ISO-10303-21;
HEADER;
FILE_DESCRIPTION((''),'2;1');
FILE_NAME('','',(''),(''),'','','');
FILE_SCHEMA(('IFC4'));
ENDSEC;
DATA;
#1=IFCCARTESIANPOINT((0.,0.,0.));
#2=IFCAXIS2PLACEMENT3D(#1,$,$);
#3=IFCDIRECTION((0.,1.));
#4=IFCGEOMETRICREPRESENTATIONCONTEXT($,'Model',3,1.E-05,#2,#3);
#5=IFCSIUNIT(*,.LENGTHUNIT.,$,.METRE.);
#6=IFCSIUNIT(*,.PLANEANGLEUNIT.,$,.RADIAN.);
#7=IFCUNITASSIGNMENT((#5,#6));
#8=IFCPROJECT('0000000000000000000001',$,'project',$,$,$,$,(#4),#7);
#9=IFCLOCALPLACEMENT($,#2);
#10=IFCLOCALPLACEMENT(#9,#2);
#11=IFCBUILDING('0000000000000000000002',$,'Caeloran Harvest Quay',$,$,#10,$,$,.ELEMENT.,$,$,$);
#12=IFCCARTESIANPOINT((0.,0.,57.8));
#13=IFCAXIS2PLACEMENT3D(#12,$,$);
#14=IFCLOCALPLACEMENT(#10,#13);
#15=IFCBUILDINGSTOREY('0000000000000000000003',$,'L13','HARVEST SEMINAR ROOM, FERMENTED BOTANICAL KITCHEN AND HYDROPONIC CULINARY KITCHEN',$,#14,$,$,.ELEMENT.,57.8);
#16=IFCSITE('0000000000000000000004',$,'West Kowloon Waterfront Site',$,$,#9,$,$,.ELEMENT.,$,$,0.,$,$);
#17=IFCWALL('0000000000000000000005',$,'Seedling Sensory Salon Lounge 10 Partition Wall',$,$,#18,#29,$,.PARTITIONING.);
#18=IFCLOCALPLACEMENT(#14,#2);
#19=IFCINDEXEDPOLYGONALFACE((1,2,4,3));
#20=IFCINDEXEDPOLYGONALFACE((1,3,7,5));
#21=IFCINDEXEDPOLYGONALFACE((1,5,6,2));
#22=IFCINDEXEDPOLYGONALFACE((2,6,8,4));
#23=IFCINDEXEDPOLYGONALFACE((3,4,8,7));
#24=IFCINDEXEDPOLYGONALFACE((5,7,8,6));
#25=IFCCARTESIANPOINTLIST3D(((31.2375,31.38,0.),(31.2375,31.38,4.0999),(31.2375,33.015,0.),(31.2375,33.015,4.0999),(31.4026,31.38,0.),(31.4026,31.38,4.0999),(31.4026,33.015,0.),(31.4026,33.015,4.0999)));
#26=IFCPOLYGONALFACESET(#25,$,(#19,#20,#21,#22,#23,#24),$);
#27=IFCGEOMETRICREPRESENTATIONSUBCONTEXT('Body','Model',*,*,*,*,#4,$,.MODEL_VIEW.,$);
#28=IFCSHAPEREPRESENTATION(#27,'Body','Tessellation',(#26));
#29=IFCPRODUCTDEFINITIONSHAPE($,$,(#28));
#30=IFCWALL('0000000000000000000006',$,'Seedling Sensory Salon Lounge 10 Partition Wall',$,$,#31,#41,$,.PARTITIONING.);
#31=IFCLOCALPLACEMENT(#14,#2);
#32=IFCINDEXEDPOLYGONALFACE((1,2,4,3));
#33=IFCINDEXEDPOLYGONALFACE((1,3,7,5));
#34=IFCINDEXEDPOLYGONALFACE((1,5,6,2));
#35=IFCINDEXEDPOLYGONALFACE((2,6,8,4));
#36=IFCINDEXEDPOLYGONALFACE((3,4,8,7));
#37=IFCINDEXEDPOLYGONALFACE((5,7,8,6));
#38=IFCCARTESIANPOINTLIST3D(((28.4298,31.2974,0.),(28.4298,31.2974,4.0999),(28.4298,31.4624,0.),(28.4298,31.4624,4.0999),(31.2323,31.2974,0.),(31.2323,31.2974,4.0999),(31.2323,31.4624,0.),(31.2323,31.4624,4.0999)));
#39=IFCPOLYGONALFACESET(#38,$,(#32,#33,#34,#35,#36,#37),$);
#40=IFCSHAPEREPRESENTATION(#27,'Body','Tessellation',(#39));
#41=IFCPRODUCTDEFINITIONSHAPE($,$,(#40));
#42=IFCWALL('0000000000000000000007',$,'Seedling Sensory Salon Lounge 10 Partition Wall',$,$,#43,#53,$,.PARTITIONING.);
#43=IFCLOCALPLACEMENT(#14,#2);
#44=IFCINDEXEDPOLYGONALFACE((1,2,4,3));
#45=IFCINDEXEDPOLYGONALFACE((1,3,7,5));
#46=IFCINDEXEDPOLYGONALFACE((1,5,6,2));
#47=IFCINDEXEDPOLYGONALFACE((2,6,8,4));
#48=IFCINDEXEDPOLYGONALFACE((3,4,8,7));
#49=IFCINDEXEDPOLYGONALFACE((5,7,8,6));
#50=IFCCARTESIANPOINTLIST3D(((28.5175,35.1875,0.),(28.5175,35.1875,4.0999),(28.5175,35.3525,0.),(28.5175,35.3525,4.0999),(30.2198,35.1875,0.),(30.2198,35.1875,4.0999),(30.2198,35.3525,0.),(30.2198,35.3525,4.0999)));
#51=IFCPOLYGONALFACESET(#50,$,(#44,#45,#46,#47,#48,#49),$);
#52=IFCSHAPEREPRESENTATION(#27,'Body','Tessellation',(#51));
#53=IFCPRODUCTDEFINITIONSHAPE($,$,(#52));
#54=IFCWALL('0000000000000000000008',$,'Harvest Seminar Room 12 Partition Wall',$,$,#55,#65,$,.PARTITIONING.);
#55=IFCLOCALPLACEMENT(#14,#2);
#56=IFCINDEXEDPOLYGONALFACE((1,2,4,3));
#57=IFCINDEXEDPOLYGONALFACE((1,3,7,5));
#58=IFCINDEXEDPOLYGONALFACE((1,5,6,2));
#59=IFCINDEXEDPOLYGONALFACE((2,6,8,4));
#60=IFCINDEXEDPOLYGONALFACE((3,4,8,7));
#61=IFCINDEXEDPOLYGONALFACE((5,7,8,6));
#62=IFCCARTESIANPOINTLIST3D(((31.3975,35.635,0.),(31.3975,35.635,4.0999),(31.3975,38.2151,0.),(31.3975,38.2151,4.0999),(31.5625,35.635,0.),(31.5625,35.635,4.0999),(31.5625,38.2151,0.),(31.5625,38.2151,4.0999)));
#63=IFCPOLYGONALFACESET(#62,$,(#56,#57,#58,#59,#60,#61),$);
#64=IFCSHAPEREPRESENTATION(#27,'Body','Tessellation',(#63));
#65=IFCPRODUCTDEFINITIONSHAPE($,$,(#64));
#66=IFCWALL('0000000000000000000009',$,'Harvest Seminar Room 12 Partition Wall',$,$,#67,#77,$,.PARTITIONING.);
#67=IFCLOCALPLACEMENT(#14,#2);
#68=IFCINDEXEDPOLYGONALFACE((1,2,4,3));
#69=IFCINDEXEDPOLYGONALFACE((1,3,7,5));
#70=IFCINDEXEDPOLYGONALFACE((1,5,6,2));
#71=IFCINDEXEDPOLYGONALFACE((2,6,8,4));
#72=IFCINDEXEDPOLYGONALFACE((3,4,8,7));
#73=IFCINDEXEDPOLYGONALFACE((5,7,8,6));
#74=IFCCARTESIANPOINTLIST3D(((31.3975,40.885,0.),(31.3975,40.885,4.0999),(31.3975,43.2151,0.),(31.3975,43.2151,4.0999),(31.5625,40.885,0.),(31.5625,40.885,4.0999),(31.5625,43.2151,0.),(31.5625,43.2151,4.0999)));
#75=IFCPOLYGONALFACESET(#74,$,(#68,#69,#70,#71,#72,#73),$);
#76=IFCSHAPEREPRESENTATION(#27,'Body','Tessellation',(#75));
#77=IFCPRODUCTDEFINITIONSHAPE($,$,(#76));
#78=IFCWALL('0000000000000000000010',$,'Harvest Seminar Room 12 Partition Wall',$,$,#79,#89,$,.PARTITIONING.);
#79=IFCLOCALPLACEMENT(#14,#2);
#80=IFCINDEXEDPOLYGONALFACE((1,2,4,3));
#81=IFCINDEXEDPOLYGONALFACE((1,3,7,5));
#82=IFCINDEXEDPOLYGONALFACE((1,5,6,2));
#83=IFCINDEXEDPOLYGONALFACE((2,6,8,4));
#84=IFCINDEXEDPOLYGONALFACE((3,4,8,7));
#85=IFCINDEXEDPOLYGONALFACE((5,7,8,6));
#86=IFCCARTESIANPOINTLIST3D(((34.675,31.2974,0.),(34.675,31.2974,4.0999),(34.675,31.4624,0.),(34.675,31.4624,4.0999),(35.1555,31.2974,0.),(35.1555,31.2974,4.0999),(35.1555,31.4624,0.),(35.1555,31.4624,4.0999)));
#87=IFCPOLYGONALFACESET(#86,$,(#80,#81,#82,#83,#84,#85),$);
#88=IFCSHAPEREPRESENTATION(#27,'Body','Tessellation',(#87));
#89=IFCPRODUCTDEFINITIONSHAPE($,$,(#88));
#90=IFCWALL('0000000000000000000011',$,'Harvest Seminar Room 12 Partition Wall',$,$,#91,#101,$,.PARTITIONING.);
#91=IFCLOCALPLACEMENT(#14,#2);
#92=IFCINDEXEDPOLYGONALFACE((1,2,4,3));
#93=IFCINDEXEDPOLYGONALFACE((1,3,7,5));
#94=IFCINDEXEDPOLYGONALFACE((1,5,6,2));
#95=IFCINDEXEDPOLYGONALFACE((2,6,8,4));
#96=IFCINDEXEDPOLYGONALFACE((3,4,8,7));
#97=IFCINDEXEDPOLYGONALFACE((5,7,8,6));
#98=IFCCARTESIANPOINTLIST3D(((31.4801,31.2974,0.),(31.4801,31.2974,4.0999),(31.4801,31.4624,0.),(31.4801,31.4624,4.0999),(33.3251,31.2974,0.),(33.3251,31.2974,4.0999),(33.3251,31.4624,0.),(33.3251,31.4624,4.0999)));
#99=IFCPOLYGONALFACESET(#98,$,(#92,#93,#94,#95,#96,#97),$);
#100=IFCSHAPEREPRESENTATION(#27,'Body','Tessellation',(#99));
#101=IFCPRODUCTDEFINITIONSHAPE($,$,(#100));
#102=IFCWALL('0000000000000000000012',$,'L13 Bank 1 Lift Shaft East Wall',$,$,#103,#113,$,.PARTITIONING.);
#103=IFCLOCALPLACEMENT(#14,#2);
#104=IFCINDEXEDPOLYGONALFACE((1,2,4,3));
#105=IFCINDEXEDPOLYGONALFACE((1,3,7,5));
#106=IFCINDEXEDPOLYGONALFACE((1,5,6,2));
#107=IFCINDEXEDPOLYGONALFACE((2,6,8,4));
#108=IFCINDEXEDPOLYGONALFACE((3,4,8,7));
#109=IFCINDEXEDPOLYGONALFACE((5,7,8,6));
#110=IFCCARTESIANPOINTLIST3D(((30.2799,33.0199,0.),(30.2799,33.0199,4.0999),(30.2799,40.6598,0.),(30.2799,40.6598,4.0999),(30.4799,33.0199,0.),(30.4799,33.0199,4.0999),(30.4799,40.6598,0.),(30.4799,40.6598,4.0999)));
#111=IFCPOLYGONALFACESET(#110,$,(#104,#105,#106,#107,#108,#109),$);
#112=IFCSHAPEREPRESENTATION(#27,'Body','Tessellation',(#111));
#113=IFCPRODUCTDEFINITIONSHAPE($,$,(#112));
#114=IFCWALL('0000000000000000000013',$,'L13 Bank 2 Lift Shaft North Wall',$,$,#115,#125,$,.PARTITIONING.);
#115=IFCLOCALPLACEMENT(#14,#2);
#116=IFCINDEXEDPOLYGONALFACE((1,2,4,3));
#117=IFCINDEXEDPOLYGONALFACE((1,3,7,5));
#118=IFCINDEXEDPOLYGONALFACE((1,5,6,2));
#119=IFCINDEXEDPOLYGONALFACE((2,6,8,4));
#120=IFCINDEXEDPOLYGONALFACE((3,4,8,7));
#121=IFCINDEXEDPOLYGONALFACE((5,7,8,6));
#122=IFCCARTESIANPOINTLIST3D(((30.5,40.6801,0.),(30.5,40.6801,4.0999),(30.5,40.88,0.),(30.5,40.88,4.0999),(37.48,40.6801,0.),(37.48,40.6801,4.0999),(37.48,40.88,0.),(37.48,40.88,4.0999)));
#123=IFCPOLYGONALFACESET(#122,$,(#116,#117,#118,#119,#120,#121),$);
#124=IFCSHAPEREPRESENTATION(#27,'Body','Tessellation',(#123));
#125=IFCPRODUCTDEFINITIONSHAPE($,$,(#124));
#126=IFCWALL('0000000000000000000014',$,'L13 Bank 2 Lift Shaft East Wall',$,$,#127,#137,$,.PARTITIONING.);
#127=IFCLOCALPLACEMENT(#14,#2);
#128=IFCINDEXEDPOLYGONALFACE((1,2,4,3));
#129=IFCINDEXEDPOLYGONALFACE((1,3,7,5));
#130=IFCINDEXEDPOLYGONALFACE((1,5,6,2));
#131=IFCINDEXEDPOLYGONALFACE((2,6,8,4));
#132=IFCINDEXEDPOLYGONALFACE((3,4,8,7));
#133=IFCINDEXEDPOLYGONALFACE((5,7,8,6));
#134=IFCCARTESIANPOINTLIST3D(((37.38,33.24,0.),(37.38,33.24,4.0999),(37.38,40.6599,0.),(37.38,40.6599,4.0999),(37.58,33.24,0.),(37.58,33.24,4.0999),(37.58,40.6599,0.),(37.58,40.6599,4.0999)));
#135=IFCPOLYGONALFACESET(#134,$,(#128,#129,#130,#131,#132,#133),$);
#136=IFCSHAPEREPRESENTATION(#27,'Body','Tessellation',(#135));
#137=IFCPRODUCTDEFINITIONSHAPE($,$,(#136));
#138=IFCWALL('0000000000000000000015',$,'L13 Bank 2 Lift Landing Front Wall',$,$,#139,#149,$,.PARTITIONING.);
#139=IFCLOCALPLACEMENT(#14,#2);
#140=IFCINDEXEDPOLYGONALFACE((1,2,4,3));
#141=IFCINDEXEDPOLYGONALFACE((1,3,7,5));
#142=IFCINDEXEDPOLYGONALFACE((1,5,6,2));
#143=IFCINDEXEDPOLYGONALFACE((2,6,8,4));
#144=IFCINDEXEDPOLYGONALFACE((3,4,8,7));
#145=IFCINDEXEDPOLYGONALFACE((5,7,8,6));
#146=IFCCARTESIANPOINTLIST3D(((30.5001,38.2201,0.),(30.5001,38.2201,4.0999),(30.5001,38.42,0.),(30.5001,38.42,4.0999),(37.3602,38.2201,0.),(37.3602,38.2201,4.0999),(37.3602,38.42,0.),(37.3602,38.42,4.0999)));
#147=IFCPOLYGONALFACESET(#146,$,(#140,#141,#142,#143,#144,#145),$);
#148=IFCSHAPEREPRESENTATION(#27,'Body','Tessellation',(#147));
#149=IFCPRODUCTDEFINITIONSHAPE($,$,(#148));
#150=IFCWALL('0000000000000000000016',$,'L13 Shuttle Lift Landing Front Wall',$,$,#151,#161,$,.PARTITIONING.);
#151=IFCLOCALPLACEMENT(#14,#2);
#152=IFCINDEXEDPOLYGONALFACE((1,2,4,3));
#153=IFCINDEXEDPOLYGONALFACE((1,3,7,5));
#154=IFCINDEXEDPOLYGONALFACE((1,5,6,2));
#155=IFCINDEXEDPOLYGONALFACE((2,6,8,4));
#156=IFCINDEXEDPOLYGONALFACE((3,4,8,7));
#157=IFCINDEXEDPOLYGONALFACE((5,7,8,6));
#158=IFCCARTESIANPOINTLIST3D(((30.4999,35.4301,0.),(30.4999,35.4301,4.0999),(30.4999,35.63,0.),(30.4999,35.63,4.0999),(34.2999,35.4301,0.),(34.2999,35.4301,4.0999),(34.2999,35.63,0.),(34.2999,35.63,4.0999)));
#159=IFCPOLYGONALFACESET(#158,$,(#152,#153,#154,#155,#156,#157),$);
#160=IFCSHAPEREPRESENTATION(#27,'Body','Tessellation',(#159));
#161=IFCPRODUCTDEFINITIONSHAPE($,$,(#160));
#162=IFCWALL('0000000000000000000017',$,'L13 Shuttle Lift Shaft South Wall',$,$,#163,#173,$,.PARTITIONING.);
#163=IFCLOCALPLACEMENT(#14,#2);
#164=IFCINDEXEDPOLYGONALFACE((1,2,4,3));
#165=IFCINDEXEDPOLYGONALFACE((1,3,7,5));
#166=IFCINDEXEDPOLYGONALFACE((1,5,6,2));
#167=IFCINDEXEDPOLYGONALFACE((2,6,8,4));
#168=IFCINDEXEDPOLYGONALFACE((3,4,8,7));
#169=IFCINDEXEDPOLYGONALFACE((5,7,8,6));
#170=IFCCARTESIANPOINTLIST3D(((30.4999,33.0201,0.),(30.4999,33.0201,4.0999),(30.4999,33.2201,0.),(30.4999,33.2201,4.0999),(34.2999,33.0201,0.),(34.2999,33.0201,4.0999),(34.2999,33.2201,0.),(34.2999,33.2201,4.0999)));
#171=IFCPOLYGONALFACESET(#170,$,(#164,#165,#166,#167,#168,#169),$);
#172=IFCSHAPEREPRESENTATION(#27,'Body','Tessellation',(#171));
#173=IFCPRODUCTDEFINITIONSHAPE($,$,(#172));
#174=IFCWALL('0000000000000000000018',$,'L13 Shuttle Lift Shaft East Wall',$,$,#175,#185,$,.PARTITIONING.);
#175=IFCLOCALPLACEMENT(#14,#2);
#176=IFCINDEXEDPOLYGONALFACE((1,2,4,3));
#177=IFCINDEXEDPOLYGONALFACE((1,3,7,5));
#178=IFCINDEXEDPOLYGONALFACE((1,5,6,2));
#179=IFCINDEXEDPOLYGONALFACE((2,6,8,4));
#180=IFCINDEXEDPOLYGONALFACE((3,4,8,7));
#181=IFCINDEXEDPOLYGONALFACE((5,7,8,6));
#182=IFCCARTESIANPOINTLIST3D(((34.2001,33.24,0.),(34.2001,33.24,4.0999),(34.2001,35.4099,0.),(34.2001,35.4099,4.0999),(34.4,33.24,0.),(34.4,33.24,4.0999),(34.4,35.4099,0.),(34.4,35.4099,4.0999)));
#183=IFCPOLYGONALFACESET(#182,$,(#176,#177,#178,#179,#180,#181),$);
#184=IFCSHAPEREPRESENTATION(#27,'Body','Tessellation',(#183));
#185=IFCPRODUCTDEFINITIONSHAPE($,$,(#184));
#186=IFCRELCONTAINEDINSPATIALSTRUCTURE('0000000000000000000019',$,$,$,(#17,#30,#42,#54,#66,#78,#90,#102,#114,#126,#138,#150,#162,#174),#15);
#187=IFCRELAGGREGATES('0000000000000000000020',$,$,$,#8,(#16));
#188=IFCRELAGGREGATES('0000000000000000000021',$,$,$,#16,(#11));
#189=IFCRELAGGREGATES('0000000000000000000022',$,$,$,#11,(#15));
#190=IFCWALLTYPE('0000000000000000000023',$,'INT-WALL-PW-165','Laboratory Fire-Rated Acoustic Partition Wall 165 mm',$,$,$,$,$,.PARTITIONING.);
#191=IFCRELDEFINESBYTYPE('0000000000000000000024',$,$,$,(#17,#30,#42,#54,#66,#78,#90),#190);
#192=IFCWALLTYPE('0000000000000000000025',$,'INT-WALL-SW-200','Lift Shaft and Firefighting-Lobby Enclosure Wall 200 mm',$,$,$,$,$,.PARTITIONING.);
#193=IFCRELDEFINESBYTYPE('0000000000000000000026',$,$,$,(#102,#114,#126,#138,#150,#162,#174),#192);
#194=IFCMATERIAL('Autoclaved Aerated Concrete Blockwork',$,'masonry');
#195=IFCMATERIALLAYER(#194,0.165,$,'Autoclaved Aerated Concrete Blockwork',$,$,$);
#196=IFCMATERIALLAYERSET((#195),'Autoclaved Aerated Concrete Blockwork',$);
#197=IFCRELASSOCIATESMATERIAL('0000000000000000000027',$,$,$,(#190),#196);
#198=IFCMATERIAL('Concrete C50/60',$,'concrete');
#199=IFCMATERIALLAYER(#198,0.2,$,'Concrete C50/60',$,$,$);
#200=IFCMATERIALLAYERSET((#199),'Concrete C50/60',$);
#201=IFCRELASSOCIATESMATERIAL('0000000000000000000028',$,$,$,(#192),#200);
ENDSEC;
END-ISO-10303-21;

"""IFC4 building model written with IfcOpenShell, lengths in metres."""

from ifc_helpers import new_model, si_unit, direction, frame, frame_2d, origin, place, context, subcontext, project, spatial, rectangle, extrude, material, layer, layer_set, type_object, element, save


model = new_model("IFC4")

# Units and contexts
model_context = context("Model", 3, precision=1e-05, world=origin(), true_north=direction((0.0, 1.0)))
body_context = subcontext(model_context, "Body", "Model", "MODEL_VIEW")
ifc_project = project(units=[si_unit("LENGTHUNIT", "METRE"), si_unit("PLANEANGLEUNIT", "RADIAN")], contexts=[model_context])

# Site, building, storey
site_placement = place(None, origin())
site = spatial("IfcSite", under=ifc_project, at=site_placement, Name="West Kowloon Waterfront Site", CompositionType="ELEMENT", RefElevation=0.0)
building_placement = place(site_placement, origin())
building = spatial("IfcBuilding", under=site, at=building_placement, Name="Caeloran Harvest Quay", CompositionType="ELEMENT")
storey_placement = place(building_placement, frame((0.0, 0.0, 57.8)))
storey = spatial("IfcBuildingStorey", under=building, at=storey_placement, Name="L13", Description="HARVEST SEMINAR ROOM, FERMENTED BOTANICAL KITCHEN AND HYDROPONIC CULINARY KITCHEN", CompositionType="ELEMENT", Elevation=57.8)

# Walls
ifc_material_1 = material(Name="Autoclaved Aerated Concrete Blockwork", Category="masonry")
ifc_layer_1 = layer(ifc_material_1, 0.165, Name="Autoclaved Aerated Concrete Blockwork")
ifc_layer_set_1 = layer_set([ifc_layer_1], Name="Autoclaved Aerated Concrete Blockwork")
wall_type_1 = type_object("IfcWallType", Name="INT-WALL-PW-165", Description="Laboratory Fire-Rated Acoustic Partition Wall 165 mm", PredefinedType="PARTITIONING", material=ifc_layer_set_1)
wall_1_placement = place(storey_placement, frame((31.3201, 33.0149, 0.0), z_axis=(0.0, 0.0, 1.0), x_axis=(0.0, -1.0, 0.0)))
element("IfcWall", 1, at=wall_1_placement, inside=storey, type_object=wall_type_1, Name="Seedling Sensory Salon Lounge 10 Partition Wall", PredefinedType="PARTITIONING", context=body_context, shape_type="SweptSolid", body=[
    extrude(rectangle(XDim=1.635, YDim=0.165, at=frame_2d((0.8174, 0.0))), origin(), (0.0, 0.0, 1.0), 4.0999),
])
wall_2_placement = place(storey_placement, frame((31.2324, 31.3799, 0.0), z_axis=(0.0, 0.0, 1.0), x_axis=(-1.0, 0.0, 0.0)))
element("IfcWall", 2, at=wall_2_placement, inside=storey, type_object=wall_type_1, Name="Seedling Sensory Salon Lounge 10 Partition Wall", PredefinedType="PARTITIONING", context=body_context, shape_type="SweptSolid", body=[
    extrude(rectangle(XDim=2.8025, YDim=0.165, at=frame_2d((1.4014, 0.0))), origin(), (0.0, 0.0, 1.0), 4.0999),
])

# Wall
wall_3_placement = place(storey_placement, frame((28.5176, 35.27, 0.0), z_axis=(0.0, 0.0, 1.0), x_axis=(1.0, 0.0, 0.0)))
element("IfcWall", 3, at=wall_3_placement, inside=storey, type_object=wall_type_1, Name="Seedling Sensory Salon Lounge 10 Partition Wall", PredefinedType="PARTITIONING", context=body_context, shape_type="SweptSolid", body=[
    extrude(rectangle(XDim=1.7024, YDim=0.165, at=frame_2d((0.8511, 0.0))), origin(), (0.0, 0.0, 1.0), 4.0999),
])

# Walls
wall_4_placement = place(storey_placement, frame((31.48, 35.635, 0.0), z_axis=(0.0, 0.0, 1.0), x_axis=(0.0, 1.0, 0.0)))
element("IfcWall", 4, at=wall_4_placement, inside=storey, type_object=wall_type_1, Name="Harvest Seminar Room 12 Partition Wall", PredefinedType="PARTITIONING", context=body_context, shape_type="SweptSolid", body=[
    extrude(rectangle(XDim=2.5801, YDim=0.165, at=frame_2d((1.29, 0.0))), origin(), (0.0, 0.0, 1.0), 4.0999),
])
wall_5_placement = place(storey_placement, frame((31.48, 40.885, 0.0), z_axis=(0.0, 0.0, 1.0), x_axis=(0.0, 1.0, 0.0)))
element("IfcWall", 5, at=wall_5_placement, inside=storey, type_object=wall_type_1, Name="Harvest Seminar Room 12 Partition Wall", PredefinedType="PARTITIONING", context=body_context, shape_type="SweptSolid", body=[
    extrude(rectangle(XDim=2.3301, YDim=0.165, at=frame_2d((1.165, 0.0))), origin(), (0.0, 0.0, 1.0), 4.0999),
])
wall_6_placement = place(storey_placement, frame((35.1555, 31.3799, 0.0), z_axis=(0.0, 0.0, 1.0), x_axis=(-1.0, 0.0, 0.0)))
element("IfcWall", 6, at=wall_6_placement, inside=storey, type_object=wall_type_1, Name="Harvest Seminar Room 12 Partition Wall", PredefinedType="PARTITIONING", context=body_context, shape_type="SweptSolid", body=[
    extrude(rectangle(XDim=0.4805, YDim=0.165, at=frame_2d((0.2402, 0.0))), origin(), (0.0, 0.0, 1.0), 4.0999),
])
wall_7_placement = place(storey_placement, frame((33.325, 31.3799, 0.0), z_axis=(0.0, 0.0, 1.0), x_axis=(-1.0, 0.0, 0.0)))
element("IfcWall", 7, at=wall_7_placement, inside=storey, type_object=wall_type_1, Name="Harvest Seminar Room 12 Partition Wall", PredefinedType="PARTITIONING", context=body_context, shape_type="SweptSolid", body=[
    extrude(rectangle(XDim=1.845, YDim=0.165, at=frame_2d((0.9224, 0.0))), origin(), (0.0, 0.0, 1.0), 4.0999),
])
ifc_material_2 = material(Name="Concrete C50/60", Category="concrete")
ifc_layer_2 = layer(ifc_material_2, 0.2, Name="Concrete C50/60")
ifc_layer_set_2 = layer_set([ifc_layer_2], Name="Concrete C50/60")
wall_type_2 = type_object("IfcWallType", Name="INT-WALL-SW-200", Description="Lift Shaft and Firefighting-Lobby Enclosure Wall 200 mm", PredefinedType="PARTITIONING", material=ifc_layer_set_2)
wall_8_placement = place(storey_placement, frame((30.3799, 33.02, 0.0), z_axis=(0.0, 0.0, 1.0), x_axis=(0.0, 1.0, 0.0)))
element("IfcWall", 8, at=wall_8_placement, inside=storey, type_object=wall_type_2, Name="L13 Bank 1 Lift Shaft East Wall", PredefinedType="PARTITIONING", context=body_context, shape_type="SweptSolid", body=[
    extrude(rectangle(XDim=7.6399, YDim=0.2, at=frame_2d((3.8198, 0.0))), origin(), (0.0, 0.0, 1.0), 4.0999),
])
wall_9_placement = place(storey_placement, frame((30.5, 40.78, 0.0), z_axis=(0.0, 0.0, 1.0), x_axis=(1.0, 0.0, 0.0)))
element("IfcWall", 9, at=wall_9_placement, inside=storey, type_object=wall_type_2, Name="L13 Bank 2 Lift Shaft North Wall", PredefinedType="PARTITIONING", context=body_context, shape_type="SweptSolid", body=[
    extrude(rectangle(XDim=6.98, YDim=0.2, at=frame_2d((3.49, 0.0))), origin(), (0.0, 0.0, 1.0), 4.0999),
])
wall_10_placement = place(storey_placement, frame((37.48, 33.24, 0.0), z_axis=(0.0, 0.0, 1.0), x_axis=(0.0, 1.0, 0.0)))
element("IfcWall", 10, at=wall_10_placement, inside=storey, type_object=wall_type_2, Name="L13 Bank 2 Lift Shaft East Wall", PredefinedType="PARTITIONING", context=body_context, shape_type="SweptSolid", body=[
    extrude(rectangle(XDim=7.4199, YDim=0.2, at=frame_2d((3.71, 0.0))), origin(), (0.0, 0.0, 1.0), 4.0999),
])
wall_11_placement = place(storey_placement, frame((30.5, 38.3201, 0.0), z_axis=(0.0, 0.0, 1.0), x_axis=(1.0, 0.0, 0.0)))
element("IfcWall", 11, at=wall_11_placement, inside=storey, type_object=wall_type_2, Name="L13 Bank 2 Lift Landing Front Wall", PredefinedType="PARTITIONING", context=body_context, shape_type="SweptSolid", body=[
    extrude(rectangle(XDim=6.8601, YDim=0.2, at=frame_2d((3.4302, 0.0))), origin(), (0.0, 0.0, 1.0), 4.0999),
])
for number, where, z_axis, x_axis, name in (
    (12, (30.5, 35.53, 0.0), (0.0, 0.0, 1.0), (1.0, 0.0, 0.0), "L13 Shuttle Lift Landing Front Wall"),
    (13, (30.5, 33.1201, 0.0), (0.0, 0.0, 1.0), (1.0, 0.0, 0.0), "L13 Shuttle Lift Shaft South Wall"),
):
    element("IfcWall", number, at=place(storey_placement, frame(where, z_axis=z_axis, x_axis=x_axis)), inside=storey, type_object=wall_type_2, Name=name, PredefinedType="PARTITIONING", context=body_context, shape_type="SweptSolid", body=[
        extrude(rectangle(XDim=3.8, YDim=0.2, at=frame_2d((1.8999, 0.0))), origin(), (0.0, 0.0, 1.0), 4.0999),
    ])
wall_12_placement = place(storey_placement, frame((34.3, 33.24, 0.0), z_axis=(0.0, 0.0, 1.0), x_axis=(0.0, 1.0, 0.0)))
element("IfcWall", 14, at=wall_12_placement, inside=storey, type_object=wall_type_2, Name="L13 Shuttle Lift Shaft East Wall", PredefinedType="PARTITIONING", context=body_context, shape_type="SweptSolid", body=[
    extrude(rectangle(XDim=2.1699, YDim=0.2, at=frame_2d((1.085, 0.0))), origin(), (0.0, 0.0, 1.0), 4.0999),
])

save(model, "model.ifc")
